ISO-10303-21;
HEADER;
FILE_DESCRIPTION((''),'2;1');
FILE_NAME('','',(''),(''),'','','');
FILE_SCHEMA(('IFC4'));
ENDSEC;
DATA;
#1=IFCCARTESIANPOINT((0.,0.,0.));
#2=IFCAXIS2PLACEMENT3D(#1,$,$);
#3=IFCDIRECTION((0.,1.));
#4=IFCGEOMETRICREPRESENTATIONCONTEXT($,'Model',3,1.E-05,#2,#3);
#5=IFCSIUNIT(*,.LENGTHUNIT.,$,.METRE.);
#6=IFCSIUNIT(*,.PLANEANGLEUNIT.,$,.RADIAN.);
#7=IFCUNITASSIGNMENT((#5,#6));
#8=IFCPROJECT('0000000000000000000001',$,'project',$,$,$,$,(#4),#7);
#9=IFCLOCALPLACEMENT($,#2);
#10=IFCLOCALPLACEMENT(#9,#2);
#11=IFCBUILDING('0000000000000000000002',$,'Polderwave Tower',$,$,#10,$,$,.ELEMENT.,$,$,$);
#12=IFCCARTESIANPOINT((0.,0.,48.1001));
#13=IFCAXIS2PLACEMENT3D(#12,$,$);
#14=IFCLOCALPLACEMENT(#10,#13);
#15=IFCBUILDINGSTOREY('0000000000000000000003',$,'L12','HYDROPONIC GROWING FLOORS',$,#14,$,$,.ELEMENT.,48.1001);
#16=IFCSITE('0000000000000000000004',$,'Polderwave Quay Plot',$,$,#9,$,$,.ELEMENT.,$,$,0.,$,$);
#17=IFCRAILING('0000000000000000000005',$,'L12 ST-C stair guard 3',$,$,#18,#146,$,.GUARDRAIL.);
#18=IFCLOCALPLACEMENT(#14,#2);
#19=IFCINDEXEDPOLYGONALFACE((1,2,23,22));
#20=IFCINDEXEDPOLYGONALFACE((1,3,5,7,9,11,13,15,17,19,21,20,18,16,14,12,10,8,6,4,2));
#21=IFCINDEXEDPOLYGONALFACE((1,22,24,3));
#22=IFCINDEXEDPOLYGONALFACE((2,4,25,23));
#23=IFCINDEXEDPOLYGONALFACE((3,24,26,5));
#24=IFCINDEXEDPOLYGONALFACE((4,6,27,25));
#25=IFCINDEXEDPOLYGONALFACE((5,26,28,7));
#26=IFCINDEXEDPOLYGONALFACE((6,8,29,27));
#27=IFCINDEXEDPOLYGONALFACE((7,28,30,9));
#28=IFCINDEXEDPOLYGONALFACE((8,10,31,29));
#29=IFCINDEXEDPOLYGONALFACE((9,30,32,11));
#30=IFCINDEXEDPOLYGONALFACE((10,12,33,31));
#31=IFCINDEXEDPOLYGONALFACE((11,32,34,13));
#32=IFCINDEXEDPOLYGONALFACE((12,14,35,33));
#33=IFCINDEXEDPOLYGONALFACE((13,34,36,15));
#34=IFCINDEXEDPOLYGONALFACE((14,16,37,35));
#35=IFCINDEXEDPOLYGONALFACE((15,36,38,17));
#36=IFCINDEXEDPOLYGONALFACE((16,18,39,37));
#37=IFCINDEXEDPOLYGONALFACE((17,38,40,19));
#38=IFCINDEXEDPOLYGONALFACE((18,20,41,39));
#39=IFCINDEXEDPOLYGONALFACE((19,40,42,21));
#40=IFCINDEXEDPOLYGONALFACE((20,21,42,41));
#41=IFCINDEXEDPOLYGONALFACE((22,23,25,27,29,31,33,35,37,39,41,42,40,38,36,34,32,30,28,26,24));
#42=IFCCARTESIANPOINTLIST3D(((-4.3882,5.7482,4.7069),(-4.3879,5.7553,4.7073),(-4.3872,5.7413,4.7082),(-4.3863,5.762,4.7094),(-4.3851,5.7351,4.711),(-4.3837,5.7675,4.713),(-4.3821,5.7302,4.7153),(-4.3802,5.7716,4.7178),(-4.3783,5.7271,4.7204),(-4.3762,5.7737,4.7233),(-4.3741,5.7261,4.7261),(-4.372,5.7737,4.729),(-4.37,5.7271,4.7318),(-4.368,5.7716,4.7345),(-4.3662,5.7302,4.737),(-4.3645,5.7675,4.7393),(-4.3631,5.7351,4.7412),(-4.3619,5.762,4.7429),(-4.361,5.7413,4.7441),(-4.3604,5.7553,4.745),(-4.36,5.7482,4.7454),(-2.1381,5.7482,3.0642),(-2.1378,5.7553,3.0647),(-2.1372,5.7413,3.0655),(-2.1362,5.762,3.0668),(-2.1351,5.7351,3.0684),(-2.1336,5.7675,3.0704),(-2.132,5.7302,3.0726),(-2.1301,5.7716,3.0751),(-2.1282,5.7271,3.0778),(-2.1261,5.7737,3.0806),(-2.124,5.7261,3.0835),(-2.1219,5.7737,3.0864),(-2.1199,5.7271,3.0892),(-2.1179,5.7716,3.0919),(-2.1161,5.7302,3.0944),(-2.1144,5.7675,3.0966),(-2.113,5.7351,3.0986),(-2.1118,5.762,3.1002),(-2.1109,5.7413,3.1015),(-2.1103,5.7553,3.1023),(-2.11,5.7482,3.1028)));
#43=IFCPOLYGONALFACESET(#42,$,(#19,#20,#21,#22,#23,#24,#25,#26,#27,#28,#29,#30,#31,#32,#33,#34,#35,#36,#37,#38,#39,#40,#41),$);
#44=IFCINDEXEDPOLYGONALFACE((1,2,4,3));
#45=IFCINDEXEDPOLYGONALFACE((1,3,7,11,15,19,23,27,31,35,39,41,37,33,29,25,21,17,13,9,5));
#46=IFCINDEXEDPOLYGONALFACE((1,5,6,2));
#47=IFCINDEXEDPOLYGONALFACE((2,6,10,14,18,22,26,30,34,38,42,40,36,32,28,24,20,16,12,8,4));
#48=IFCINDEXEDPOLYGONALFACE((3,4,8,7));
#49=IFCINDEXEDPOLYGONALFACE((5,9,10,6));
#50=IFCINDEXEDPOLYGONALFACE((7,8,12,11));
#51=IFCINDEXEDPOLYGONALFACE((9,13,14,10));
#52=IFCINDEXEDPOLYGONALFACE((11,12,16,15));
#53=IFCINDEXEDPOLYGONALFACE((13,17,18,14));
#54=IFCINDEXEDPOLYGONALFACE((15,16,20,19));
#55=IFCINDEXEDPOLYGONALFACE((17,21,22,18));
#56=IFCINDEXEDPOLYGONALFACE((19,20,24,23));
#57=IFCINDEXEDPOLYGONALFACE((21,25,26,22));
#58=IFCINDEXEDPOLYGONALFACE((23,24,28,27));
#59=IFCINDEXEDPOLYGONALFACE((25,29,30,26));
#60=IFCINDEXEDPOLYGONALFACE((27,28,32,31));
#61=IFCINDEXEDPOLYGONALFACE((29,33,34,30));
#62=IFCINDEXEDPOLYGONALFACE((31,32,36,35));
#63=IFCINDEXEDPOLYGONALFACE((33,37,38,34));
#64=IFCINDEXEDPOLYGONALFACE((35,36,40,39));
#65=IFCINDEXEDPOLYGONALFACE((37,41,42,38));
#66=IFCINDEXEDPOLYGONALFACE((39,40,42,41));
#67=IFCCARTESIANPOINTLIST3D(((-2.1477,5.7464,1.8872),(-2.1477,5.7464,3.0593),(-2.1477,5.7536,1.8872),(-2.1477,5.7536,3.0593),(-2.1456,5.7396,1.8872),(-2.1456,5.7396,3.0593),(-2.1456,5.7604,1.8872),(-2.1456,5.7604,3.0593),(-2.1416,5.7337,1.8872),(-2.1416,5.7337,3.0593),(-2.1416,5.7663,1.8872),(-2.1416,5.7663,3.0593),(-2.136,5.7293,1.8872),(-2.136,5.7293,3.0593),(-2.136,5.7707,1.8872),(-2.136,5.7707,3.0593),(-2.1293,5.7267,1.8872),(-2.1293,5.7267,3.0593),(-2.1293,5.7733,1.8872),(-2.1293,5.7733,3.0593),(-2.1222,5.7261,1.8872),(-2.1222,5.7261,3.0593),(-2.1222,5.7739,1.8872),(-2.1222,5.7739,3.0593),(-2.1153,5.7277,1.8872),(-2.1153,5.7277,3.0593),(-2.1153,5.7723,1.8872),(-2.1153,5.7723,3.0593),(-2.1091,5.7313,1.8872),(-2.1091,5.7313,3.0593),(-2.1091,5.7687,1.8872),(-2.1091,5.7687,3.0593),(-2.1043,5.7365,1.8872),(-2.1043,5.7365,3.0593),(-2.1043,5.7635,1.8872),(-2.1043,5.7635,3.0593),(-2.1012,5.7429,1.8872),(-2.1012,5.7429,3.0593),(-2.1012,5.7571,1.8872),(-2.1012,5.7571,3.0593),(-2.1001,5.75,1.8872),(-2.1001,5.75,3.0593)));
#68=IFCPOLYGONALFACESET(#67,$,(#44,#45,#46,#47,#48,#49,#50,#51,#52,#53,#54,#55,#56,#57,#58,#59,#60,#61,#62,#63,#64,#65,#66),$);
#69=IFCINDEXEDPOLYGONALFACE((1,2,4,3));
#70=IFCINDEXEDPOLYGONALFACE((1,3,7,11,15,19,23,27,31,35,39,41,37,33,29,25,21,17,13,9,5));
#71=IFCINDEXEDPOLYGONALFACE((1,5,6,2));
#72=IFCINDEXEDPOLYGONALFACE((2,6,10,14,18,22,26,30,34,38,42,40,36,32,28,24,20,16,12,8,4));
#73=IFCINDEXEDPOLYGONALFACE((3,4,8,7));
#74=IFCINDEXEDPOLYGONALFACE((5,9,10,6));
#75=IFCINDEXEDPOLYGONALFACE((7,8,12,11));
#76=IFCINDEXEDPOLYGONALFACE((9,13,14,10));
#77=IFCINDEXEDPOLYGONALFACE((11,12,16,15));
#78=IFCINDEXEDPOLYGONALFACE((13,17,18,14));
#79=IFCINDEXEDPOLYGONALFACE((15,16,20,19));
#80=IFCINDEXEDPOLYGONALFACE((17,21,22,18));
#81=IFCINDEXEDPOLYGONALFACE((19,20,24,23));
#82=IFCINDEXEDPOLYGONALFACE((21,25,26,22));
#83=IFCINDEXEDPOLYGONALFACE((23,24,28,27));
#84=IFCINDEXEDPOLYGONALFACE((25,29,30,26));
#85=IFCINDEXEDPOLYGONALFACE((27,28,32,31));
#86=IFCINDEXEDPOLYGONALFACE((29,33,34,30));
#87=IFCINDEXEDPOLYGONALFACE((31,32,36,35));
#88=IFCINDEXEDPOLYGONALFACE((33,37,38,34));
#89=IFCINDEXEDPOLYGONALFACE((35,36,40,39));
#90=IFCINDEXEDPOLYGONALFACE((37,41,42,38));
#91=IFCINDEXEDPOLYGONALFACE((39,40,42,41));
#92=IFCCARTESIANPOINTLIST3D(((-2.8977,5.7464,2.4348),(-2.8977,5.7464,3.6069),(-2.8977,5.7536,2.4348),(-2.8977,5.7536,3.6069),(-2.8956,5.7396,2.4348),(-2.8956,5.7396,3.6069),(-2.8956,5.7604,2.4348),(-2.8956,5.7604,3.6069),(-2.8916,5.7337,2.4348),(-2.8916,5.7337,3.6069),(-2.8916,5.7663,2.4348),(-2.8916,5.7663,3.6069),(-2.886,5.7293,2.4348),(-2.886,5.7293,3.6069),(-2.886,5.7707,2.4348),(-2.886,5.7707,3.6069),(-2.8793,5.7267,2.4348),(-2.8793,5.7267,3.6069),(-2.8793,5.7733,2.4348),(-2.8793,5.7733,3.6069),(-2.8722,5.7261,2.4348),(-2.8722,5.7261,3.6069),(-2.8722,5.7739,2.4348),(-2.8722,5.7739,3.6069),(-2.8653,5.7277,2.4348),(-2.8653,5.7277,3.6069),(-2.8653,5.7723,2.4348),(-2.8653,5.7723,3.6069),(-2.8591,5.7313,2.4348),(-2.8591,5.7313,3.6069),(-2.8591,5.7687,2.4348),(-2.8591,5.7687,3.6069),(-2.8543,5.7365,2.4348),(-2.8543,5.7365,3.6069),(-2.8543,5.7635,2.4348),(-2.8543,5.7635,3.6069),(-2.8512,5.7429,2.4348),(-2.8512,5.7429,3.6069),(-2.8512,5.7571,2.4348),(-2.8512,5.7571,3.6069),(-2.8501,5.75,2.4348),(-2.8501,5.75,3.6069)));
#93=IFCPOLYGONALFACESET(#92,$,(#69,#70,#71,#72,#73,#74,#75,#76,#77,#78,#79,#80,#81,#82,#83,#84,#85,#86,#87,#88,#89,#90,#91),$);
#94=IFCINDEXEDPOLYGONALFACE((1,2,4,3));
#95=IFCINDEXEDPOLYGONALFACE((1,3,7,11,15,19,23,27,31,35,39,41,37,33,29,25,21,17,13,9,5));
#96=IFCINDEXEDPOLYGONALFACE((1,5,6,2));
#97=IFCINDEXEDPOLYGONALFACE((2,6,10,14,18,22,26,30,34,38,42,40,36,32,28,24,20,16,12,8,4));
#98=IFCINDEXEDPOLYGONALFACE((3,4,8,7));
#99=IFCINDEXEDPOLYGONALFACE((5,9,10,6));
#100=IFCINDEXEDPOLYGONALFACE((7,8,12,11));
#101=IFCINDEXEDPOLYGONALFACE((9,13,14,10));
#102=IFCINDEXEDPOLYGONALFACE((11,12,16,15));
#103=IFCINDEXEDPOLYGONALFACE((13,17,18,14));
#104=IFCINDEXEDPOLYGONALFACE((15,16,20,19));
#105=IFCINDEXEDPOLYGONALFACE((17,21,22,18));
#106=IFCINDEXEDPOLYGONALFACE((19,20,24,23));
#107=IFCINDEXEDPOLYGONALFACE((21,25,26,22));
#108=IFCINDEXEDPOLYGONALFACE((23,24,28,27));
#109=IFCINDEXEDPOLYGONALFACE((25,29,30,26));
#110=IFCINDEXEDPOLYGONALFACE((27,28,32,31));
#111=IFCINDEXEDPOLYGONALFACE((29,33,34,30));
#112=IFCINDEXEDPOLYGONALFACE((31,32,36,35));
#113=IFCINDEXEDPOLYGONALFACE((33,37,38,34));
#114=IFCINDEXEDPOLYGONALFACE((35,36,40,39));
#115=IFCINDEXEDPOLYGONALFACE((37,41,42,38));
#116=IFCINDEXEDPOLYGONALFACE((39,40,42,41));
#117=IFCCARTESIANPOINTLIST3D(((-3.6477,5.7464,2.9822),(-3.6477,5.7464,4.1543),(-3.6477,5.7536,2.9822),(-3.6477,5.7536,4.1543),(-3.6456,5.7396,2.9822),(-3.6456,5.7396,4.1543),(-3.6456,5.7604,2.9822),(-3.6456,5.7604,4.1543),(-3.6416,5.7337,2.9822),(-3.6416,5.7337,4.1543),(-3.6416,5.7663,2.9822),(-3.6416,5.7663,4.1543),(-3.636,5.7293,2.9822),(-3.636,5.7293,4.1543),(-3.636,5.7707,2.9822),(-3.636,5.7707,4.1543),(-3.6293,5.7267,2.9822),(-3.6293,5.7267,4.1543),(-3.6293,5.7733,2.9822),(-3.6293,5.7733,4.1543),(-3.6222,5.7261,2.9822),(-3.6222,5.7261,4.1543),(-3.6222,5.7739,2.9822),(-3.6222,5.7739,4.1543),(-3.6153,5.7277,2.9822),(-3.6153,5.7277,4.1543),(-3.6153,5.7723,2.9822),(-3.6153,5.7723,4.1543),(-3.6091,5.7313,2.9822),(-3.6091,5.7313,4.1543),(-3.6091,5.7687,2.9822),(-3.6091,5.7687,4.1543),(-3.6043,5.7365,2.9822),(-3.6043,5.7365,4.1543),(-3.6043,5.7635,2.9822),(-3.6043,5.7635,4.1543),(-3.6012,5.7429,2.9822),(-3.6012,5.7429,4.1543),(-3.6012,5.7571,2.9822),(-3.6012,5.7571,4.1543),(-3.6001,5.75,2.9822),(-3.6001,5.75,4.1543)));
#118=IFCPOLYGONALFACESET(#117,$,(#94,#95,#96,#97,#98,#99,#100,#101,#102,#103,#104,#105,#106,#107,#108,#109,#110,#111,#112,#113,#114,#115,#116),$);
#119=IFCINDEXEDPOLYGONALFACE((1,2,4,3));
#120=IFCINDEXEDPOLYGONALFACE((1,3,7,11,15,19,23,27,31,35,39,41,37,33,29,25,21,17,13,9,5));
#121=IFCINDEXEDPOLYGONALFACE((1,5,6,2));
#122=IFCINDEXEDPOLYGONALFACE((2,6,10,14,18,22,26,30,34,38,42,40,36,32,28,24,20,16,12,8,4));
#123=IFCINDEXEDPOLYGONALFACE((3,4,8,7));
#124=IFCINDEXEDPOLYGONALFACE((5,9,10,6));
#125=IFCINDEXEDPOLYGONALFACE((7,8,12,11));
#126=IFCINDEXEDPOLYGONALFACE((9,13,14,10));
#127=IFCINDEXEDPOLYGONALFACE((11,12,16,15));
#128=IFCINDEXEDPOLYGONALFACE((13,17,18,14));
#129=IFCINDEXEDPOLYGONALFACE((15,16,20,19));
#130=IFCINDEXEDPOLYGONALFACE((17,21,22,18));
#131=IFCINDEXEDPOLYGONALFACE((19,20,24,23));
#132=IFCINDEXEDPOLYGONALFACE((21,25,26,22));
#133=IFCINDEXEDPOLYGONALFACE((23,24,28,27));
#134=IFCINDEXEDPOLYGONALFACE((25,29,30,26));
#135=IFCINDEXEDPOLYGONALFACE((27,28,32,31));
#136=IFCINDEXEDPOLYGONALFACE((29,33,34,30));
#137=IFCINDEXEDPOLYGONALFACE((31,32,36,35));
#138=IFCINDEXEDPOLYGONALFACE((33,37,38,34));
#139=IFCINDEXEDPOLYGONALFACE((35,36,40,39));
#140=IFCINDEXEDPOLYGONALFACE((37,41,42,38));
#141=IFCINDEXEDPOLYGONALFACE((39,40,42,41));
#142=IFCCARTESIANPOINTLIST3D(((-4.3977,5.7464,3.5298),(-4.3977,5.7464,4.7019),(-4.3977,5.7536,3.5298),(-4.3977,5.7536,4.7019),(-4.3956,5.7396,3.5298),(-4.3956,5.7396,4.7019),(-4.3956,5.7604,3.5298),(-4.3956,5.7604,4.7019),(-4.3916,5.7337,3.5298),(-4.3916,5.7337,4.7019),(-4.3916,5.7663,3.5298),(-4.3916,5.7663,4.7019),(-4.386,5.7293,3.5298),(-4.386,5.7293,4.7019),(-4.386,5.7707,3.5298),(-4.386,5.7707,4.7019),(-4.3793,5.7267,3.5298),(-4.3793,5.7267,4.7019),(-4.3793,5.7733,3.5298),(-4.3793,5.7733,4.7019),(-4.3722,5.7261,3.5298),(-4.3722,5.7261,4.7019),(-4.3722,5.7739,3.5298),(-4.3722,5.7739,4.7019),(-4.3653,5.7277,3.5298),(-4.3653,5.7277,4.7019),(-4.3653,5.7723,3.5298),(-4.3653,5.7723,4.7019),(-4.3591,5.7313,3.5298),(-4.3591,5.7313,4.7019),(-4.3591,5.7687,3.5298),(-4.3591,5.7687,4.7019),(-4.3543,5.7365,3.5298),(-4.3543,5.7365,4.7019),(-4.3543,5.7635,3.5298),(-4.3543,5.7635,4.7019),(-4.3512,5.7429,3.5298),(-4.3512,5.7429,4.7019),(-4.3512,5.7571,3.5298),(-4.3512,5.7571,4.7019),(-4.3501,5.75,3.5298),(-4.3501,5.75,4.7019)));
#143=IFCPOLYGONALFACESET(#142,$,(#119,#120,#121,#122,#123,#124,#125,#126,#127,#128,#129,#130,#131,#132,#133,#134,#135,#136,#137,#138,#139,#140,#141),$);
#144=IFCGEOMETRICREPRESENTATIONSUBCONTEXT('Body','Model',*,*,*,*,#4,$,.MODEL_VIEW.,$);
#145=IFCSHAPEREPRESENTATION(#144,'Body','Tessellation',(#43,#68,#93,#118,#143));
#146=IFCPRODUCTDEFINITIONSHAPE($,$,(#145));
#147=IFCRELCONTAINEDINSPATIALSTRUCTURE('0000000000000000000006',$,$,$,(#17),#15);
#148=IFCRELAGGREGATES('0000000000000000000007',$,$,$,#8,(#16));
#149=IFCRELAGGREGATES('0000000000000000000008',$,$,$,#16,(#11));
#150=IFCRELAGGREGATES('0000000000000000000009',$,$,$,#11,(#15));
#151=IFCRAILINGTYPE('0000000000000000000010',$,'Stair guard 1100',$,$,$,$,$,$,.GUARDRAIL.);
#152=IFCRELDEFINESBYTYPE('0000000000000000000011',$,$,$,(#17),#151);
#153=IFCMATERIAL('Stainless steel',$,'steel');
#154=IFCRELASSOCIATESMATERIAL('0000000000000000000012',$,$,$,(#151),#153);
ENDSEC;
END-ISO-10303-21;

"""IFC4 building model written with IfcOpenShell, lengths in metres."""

from ifc_helpers import new_model, si_unit, direction, frame, origin, origin_2d, place, context, subcontext, project, spatial, circle, extrude, material, type_object, element, save


model = new_model("IFC4")

# Units and contexts
model_context = context("Model", 3, precision=1e-05, world=origin(), true_north=direction((0.0, 1.0)))
body_context = subcontext(model_context, "Body", "Model", "MODEL_VIEW")
ifc_project = project(units=[si_unit("LENGTHUNIT", "METRE"), si_unit("PLANEANGLEUNIT", "RADIAN")], contexts=[model_context])

# Site, building, storey
site_placement = place(None, origin())
site = spatial("IfcSite", under=ifc_project, at=site_placement, Name="Polderwave Quay Plot", CompositionType="ELEMENT", RefElevation=0.0)
building_placement = place(site_placement, origin())
building = spatial("IfcBuilding", under=site, at=building_placement, Name="Polderwave Tower", CompositionType="ELEMENT")
storey_placement = place(building_placement, frame((0.0, 0.0, 48.1001)))
storey = spatial("IfcBuildingStorey", under=building, at=storey_placement, Name="L12", Description="HYDROPONIC GROWING FLOORS", CompositionType="ELEMENT", Elevation=48.1001)

# Railing
ifc_material_1 = material(Name="Stainless steel", Category="steel")
railing_type_1 = type_object("IfcRailingType", Name="Stair guard 1100", PredefinedType="GUARDRAIL", material=ifc_material_1)
railing_1_placement = place(storey_placement, frame((-2.124, 5.75, 1.8872)))
element("IfcRailing", 1, at=railing_1_placement, inside=storey, type_object=railing_type_1, Name="L12 ST-C stair guard 3", PredefinedType="GUARDRAIL", context=body_context, shape_type="SweptSolid", body=[
    extrude(circle(Radius=0.0239, at=origin_2d()), frame((0.0, 0.0, 1.1963), z_axis=(-0.807674, 0.0, 0.58963), x_axis=(0.0, -1.0, 0.0)), (0.0, 0.0, 1.0), 2.7859),
    extrude(circle(Radius=0.0239, at=origin_2d()), origin(), (0.0, 0.0, 1.0), 1.1721),
    extrude(circle(Radius=0.0239, at=origin_2d()), frame((-0.75, 0.0, 0.5476)), (0.0, 0.0, 1.0), 1.1721),
    extrude(circle(Radius=0.0239, at=origin_2d()), frame((-1.5, 0.0, 1.095)), (0.0, 0.0, 1.0), 1.1721),
    extrude(circle(Radius=0.0239, at=origin_2d()), frame((-2.25, 0.0, 1.6426)), (0.0, 0.0, 1.0), 1.1721),
])

save(model, "model.ifc")
